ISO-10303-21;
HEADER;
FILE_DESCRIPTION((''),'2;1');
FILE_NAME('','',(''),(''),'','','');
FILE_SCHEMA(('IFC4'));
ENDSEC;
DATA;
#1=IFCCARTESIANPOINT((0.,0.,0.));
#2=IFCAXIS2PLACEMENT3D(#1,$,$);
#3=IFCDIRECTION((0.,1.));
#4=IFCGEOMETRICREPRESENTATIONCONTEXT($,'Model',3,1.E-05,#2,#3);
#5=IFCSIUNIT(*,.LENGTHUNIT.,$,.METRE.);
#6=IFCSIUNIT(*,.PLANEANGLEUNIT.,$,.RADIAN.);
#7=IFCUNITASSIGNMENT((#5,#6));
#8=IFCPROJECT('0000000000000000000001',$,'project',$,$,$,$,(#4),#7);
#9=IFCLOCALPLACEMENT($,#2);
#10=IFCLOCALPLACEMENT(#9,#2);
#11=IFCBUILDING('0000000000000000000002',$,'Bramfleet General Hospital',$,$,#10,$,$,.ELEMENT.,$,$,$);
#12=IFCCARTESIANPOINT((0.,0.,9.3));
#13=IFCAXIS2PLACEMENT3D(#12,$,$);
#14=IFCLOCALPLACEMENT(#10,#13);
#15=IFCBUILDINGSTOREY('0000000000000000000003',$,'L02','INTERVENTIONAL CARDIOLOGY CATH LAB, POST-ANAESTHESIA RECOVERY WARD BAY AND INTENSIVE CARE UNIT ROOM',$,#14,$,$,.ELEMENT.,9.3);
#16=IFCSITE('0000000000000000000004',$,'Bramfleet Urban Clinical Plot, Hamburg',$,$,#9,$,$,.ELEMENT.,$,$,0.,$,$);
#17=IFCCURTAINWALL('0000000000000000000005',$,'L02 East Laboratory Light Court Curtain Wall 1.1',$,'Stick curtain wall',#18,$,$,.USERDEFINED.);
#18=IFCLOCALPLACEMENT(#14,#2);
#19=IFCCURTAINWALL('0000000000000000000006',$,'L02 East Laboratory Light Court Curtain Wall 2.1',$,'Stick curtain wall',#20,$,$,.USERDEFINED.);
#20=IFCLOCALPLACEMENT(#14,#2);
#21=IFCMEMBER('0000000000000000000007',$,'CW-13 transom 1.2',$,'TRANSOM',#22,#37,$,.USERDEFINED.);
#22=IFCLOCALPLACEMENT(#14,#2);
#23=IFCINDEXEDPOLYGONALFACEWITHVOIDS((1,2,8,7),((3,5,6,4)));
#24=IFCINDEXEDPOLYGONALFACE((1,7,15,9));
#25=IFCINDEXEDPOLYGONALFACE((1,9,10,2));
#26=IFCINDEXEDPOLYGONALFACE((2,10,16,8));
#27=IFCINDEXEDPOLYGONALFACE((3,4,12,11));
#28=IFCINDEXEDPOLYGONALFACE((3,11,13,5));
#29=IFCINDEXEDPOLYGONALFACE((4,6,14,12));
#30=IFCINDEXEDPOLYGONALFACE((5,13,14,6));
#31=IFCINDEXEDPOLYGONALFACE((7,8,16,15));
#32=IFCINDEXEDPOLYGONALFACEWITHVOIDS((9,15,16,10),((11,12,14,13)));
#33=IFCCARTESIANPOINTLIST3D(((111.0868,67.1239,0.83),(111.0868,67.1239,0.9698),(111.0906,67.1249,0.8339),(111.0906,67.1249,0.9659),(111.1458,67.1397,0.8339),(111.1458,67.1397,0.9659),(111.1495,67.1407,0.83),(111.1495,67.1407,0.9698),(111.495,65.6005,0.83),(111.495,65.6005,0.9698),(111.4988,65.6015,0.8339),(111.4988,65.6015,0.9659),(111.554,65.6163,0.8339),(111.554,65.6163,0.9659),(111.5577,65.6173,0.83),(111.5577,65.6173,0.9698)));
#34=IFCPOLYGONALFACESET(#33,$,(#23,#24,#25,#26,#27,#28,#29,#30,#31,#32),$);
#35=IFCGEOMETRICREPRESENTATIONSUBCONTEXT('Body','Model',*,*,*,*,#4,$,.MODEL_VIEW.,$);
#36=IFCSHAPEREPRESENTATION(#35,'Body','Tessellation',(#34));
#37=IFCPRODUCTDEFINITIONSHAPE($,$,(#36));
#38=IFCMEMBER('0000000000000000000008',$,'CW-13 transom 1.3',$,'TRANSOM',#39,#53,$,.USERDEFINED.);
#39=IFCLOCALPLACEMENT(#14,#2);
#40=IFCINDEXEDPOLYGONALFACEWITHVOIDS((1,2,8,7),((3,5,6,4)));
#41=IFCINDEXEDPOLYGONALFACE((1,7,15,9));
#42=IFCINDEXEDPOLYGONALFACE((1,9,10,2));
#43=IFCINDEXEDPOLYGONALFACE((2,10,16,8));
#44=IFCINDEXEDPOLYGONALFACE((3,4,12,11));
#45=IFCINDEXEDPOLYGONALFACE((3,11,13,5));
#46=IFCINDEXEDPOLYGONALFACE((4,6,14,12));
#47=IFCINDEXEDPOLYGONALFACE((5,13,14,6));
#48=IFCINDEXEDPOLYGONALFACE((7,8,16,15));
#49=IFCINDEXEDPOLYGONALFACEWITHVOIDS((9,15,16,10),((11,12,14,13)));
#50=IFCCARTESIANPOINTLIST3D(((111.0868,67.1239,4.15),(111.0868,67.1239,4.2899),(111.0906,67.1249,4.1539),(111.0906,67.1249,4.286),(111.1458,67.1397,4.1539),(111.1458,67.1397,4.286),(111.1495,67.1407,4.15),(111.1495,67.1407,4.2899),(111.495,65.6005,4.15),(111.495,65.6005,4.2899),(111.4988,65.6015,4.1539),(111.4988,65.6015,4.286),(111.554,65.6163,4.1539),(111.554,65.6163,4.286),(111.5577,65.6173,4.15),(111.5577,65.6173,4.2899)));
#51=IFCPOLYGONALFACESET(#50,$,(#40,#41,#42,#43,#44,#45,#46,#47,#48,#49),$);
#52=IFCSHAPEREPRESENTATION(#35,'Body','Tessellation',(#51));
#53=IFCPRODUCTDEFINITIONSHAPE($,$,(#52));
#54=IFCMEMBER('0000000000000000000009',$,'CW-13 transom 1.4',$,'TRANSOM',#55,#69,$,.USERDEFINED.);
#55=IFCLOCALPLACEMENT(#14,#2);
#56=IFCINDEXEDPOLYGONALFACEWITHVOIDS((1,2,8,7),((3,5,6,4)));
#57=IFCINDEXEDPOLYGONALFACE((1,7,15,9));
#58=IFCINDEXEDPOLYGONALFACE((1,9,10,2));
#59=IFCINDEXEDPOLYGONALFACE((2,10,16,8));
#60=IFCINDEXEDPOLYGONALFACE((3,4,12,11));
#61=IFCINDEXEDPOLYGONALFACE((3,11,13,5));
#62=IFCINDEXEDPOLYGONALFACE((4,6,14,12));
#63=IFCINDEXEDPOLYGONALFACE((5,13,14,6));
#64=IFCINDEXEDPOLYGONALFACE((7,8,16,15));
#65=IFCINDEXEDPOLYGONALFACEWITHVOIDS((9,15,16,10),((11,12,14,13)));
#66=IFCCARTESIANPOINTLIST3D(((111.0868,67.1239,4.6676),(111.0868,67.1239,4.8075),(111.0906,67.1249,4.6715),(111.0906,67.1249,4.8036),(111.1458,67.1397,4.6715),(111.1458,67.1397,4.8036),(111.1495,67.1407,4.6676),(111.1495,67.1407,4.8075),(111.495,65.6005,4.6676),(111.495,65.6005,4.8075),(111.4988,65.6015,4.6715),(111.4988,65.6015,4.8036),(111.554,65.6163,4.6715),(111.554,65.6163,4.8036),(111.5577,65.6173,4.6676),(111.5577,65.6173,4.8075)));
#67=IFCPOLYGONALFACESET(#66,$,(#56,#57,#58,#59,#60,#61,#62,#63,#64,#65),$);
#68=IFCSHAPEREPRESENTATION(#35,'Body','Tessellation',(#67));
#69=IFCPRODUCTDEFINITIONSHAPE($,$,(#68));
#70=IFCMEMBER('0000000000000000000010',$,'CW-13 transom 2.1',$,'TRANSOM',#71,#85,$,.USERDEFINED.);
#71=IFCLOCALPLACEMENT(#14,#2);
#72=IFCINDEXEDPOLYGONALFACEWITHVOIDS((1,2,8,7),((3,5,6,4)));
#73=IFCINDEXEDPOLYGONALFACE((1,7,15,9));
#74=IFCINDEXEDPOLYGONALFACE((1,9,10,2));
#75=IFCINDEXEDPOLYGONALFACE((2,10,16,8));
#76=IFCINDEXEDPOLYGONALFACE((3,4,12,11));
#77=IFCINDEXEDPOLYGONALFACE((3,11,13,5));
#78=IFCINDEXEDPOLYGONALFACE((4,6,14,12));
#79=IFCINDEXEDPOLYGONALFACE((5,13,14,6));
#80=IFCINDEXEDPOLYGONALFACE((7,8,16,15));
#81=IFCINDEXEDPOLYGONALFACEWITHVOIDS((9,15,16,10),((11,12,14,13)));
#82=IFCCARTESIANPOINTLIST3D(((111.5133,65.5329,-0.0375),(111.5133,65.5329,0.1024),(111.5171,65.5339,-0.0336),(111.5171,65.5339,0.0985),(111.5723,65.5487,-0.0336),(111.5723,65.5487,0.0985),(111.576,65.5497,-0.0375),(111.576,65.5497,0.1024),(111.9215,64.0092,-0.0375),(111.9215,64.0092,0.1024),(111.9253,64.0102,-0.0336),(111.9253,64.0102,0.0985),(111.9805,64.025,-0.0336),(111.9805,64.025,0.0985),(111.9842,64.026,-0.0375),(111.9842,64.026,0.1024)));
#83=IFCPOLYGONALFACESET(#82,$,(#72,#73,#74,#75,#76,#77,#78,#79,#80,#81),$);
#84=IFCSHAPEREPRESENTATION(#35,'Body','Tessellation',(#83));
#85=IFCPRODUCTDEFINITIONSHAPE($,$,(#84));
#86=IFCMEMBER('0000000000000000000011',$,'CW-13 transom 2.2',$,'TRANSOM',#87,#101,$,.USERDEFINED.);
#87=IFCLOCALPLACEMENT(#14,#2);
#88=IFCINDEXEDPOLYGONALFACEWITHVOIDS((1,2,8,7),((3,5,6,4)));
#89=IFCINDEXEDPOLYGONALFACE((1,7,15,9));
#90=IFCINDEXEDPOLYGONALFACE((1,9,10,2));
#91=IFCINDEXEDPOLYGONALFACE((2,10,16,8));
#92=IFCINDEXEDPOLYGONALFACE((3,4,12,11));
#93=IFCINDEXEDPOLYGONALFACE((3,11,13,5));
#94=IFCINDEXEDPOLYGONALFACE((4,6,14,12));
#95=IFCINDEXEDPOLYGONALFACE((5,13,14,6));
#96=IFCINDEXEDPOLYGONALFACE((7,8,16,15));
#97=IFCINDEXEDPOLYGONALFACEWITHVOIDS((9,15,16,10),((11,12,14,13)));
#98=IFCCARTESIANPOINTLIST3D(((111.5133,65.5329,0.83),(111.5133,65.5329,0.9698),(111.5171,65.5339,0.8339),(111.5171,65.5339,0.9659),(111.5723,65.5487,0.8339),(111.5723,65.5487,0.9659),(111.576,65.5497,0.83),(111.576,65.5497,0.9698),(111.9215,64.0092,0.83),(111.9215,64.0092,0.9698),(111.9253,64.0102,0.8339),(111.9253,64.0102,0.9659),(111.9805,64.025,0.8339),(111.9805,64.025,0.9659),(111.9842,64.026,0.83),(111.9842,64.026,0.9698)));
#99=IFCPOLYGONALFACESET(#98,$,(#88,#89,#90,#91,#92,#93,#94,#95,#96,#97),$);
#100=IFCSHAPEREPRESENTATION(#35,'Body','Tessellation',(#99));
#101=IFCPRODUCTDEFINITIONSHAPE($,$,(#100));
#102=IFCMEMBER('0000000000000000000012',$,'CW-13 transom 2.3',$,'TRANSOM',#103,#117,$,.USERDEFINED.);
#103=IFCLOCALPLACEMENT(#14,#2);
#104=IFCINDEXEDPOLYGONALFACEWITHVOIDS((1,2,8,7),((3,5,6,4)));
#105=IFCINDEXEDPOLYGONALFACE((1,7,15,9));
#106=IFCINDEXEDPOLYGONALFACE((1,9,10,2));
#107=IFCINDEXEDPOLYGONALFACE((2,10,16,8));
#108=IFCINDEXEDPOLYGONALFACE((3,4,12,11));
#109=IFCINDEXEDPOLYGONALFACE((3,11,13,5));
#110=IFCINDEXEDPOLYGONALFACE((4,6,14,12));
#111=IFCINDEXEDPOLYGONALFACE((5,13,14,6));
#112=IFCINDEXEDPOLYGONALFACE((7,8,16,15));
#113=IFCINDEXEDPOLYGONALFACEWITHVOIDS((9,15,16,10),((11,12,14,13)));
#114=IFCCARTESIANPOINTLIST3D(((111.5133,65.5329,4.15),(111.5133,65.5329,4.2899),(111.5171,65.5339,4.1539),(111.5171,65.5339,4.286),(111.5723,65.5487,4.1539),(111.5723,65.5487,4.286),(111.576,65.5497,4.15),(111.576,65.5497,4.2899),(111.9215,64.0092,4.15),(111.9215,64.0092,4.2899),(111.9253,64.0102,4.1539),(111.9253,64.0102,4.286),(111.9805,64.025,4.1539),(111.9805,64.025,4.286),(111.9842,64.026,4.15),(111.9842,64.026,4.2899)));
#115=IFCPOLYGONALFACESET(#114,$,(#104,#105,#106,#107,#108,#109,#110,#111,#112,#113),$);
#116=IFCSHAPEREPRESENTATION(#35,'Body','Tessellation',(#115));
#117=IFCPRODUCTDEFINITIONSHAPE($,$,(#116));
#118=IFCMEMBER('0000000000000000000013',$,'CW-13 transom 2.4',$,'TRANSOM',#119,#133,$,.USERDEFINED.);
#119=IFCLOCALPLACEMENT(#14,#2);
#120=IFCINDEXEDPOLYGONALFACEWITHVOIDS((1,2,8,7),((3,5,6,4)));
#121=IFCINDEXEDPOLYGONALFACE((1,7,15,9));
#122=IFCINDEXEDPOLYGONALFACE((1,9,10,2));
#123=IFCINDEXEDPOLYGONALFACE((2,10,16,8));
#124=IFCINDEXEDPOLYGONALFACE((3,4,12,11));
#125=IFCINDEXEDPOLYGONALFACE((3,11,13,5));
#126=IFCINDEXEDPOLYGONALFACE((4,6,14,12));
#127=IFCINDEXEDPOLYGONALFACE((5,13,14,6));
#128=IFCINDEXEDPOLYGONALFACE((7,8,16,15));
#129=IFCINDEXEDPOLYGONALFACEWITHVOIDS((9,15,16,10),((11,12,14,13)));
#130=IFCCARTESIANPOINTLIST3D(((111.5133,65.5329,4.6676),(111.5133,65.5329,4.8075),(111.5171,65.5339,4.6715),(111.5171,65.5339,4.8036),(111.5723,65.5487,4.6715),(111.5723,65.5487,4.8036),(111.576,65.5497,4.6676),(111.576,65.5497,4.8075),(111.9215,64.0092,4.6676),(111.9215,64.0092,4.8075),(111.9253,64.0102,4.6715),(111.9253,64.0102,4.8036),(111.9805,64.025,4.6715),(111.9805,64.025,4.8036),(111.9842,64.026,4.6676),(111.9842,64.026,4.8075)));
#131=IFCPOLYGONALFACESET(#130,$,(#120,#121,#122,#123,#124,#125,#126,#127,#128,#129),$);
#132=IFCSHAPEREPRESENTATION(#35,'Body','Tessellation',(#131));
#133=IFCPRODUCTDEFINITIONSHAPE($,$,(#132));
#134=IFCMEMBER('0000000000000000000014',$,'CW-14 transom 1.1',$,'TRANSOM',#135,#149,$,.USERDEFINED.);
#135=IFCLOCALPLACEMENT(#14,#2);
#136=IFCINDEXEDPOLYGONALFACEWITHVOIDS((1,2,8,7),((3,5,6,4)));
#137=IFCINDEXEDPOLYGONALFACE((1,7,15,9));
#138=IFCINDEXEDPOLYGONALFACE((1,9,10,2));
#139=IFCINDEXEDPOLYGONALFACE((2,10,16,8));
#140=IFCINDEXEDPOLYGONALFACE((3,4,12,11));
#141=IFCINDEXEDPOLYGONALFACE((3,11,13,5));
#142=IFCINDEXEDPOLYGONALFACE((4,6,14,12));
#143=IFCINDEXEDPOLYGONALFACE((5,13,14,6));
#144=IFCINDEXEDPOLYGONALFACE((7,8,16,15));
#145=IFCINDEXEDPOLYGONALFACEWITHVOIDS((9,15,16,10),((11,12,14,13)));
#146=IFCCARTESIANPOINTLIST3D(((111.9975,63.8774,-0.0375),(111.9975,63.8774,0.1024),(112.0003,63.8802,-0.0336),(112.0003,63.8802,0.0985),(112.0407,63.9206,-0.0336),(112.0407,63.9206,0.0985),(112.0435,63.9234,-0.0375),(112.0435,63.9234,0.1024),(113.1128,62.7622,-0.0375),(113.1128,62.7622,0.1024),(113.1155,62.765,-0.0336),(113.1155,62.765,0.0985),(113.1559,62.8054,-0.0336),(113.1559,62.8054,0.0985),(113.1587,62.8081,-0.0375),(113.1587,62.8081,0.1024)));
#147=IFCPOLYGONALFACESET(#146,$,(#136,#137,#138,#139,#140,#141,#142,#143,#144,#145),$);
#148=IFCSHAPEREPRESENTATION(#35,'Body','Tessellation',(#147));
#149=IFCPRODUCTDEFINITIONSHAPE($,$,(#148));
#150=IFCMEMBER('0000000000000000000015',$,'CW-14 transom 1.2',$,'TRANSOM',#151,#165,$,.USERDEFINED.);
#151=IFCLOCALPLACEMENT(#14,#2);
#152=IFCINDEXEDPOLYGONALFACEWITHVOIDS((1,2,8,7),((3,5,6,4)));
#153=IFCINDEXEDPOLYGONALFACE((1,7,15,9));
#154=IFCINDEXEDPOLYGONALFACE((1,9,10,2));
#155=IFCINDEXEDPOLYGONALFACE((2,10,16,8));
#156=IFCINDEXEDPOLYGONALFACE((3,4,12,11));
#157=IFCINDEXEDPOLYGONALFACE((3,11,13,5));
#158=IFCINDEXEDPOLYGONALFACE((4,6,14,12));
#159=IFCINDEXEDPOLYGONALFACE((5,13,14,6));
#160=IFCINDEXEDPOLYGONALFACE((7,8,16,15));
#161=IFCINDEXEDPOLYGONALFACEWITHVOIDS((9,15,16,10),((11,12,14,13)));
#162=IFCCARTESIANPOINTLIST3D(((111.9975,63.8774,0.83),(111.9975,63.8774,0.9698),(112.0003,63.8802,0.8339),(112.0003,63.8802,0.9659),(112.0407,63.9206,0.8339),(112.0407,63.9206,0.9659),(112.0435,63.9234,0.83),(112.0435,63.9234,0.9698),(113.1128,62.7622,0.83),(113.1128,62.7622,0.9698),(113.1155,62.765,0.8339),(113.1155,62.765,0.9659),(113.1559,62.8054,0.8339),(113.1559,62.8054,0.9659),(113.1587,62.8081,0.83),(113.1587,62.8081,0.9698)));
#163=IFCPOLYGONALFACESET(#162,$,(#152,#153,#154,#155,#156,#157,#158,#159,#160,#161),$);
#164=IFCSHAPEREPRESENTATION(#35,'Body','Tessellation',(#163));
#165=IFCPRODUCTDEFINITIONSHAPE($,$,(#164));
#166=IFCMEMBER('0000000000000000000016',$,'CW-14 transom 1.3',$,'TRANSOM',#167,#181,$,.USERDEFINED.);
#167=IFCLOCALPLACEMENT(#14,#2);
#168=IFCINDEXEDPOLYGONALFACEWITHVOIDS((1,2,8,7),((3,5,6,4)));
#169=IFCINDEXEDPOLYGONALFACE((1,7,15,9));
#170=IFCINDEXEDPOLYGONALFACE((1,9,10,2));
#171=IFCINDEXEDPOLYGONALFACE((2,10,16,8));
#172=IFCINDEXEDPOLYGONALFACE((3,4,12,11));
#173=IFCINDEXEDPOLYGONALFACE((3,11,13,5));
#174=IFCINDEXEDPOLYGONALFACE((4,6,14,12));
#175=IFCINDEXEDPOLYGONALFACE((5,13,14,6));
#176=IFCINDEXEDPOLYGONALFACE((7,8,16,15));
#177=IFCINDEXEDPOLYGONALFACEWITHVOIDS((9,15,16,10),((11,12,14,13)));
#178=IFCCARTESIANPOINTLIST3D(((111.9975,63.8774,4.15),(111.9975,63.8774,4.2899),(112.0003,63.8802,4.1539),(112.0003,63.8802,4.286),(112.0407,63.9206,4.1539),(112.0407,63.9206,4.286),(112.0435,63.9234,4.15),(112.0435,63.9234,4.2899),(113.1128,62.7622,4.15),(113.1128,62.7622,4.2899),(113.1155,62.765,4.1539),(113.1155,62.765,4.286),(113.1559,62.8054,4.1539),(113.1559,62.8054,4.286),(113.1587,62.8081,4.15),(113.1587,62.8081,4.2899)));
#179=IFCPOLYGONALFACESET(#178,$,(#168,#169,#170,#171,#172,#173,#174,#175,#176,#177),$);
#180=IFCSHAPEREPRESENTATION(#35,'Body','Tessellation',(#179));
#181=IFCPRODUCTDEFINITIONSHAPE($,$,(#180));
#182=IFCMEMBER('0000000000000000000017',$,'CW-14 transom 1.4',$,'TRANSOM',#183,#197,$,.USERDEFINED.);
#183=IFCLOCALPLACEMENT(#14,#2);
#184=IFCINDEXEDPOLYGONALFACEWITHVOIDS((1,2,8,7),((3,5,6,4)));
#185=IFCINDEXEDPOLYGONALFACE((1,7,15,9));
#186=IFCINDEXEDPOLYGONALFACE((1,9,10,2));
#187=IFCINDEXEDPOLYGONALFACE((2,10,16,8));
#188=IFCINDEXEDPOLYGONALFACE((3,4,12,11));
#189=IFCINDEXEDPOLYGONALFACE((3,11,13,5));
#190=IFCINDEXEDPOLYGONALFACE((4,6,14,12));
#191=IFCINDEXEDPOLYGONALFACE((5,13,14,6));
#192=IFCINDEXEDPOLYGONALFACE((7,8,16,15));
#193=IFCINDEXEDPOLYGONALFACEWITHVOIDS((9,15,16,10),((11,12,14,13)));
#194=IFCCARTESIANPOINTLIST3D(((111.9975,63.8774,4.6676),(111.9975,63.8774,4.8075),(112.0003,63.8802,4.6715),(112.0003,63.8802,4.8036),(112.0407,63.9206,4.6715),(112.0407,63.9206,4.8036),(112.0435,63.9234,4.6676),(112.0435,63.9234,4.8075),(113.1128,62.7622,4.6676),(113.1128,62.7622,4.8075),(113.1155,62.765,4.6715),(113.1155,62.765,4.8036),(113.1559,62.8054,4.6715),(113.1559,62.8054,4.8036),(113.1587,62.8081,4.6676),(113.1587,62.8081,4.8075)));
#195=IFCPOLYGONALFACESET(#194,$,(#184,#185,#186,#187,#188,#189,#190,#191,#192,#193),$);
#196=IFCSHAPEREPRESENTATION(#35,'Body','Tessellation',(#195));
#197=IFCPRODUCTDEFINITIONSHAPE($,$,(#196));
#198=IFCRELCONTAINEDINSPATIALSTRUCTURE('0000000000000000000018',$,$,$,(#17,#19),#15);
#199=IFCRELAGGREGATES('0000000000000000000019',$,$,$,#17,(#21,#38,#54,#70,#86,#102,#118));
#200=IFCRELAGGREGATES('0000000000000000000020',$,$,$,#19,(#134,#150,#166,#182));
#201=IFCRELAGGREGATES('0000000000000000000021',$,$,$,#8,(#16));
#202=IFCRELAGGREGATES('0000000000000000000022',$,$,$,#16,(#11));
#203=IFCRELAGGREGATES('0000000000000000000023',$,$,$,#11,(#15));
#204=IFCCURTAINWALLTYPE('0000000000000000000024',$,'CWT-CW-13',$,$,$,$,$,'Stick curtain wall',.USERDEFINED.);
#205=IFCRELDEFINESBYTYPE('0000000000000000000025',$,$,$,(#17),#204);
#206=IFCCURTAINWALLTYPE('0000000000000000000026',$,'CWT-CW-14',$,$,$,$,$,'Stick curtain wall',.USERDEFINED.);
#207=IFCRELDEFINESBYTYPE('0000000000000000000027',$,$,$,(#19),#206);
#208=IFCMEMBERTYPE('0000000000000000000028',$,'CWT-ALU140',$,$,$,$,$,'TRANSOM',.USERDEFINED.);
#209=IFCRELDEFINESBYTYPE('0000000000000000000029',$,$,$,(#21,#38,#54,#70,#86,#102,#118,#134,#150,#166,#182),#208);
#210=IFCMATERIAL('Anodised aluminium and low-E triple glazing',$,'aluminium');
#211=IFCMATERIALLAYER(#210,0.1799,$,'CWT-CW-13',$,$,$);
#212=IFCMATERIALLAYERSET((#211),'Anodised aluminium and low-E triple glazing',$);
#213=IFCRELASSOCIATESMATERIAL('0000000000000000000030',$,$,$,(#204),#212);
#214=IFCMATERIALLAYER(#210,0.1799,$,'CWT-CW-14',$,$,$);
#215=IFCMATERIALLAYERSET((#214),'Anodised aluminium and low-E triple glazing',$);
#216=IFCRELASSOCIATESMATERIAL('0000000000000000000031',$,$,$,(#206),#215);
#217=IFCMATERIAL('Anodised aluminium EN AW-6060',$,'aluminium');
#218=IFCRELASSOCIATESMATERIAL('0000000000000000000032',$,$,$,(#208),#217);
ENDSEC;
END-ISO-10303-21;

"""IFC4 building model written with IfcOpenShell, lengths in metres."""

from ifc_helpers import new_model, si_unit, direction, frame, origin, origin_2d, place, context, subcontext, project, spatial, hollow_rectangle, extrude, material, layer, layer_set, material_profile, profile_set, type_object, element, aggregate, save


model = new_model("IFC4")

# Units and contexts
model_context = context("Model", 3, precision=1e-05, world=origin(), true_north=direction((0.0, 1.0)))
body_context = subcontext(model_context, "Body", "Model", "MODEL_VIEW")
ifc_project = project(units=[si_unit("LENGTHUNIT", "METRE"), si_unit("PLANEANGLEUNIT", "RADIAN")], contexts=[model_context])

# Site, building, storey
site_placement = place(None, origin())
site = spatial("IfcSite", under=ifc_project, at=site_placement, Name="Bramfleet Urban Clinical Plot, Hamburg", CompositionType="ELEMENT", RefElevation=0.0)
building_placement = place(site_placement, origin())
building = spatial("IfcBuilding", under=site, at=building_placement, Name="Bramfleet General Hospital", CompositionType="ELEMENT")
storey_placement = place(building_placement, frame((0.0, 0.0, 9.3)))
storey = spatial("IfcBuildingStorey", under=building, at=storey_placement, Name="L02", Description="INTERVENTIONAL CARDIOLOGY CATH LAB, POST-ANAESTHESIA RECOVERY WARD BAY AND INTENSIVE CARE UNIT ROOM", CompositionType="ELEMENT", Elevation=9.3)

# Curtain walls
ifc_material_1 = material(Name="Anodised aluminium and low-E triple glazing", Category="aluminium")
ifc_layer_1 = layer(ifc_material_1, 0.1799, Name="CWT-CW-13")
ifc_layer_set_1 = layer_set([ifc_layer_1], Name="Anodised aluminium and low-E triple glazing")
curtain_wall_type_1 = type_object("IfcCurtainWallType", Name="CWT-CW-13", ElementType="Stick curtain wall", PredefinedType="USERDEFINED", material=ifc_layer_set_1)
curtain_wall_1_placement = place(storey_placement, origin())
curtain_wall_1 = element("IfcCurtainWall", 1, at=curtain_wall_1_placement, inside=storey, type_object=curtain_wall_type_1, Name="L02 East Laboratory Light Court Curtain Wall 1.1", ObjectType="Stick curtain wall", PredefinedType="USERDEFINED")
ifc_material_2 = material(Name="Anodised aluminium EN AW-6060", Category="aluminium")
ifc_layer_2 = layer(ifc_material_1, 0.1799, Name="CWT-CW-14")
ifc_layer_set_2 = layer_set([ifc_layer_2], Name="Anodised aluminium and low-E triple glazing")
curtain_wall_type_2 = type_object("IfcCurtainWallType", Name="CWT-CW-14", ElementType="Stick curtain wall", PredefinedType="USERDEFINED", material=ifc_layer_set_2)
curtain_wall_2_placement = place(storey_placement, origin())
curtain_wall_2 = element("IfcCurtainWall", 2, at=curtain_wall_2_placement, inside=storey, type_object=curtain_wall_type_2, Name="L02 East Laboratory Light Court Curtain Wall 2.1", ObjectType="Stick curtain wall", PredefinedType="USERDEFINED")

# Members
ifc_material_profile_1 = material_profile(ifc_material_2, hollow_rectangle(XDim=0.0649, YDim=0.1399, WallThickness=0.0039, at=origin_2d()), Name="ALU 140x65x4.0")
ifc_profile_set_1 = profile_set([ifc_material_profile_1], Name="Anodised aluminium EN AW-6060")
member_type_1 = type_object("IfcMemberType", Name="CWT-ALU140", ElementType="TRANSOM", PredefinedType="USERDEFINED", material=ifc_profile_set_1)
member_1_placement = place(storey_placement, frame((111.1182, 67.1323, 0.8999), z_axis=(0.258819, -0.965926, 0.0), x_axis=(0.965926, 0.258819, 0.0)))
member_1 = element("IfcMember", 3, at=member_1_placement, type_object=member_type_1, Name="CW-13 transom 1.2", ObjectType="TRANSOM", PredefinedType="USERDEFINED", context=body_context, shape_type="SweptSolid", body=[
    extrude(hollow_rectangle(XDim=0.0649, YDim=0.1399, WallThickness=0.0039, at=origin_2d()), origin(), (0.0, 0.0, 1.0), 1.5771),
])
member_2_placement = place(storey_placement, frame((111.1182, 67.1323, 4.22), z_axis=(0.258819, -0.965926, 0.0), x_axis=(0.965926, 0.258819, 0.0)))
member_2 = element("IfcMember", 4, at=member_2_placement, type_object=member_type_1, Name="CW-13 transom 1.3", ObjectType="TRANSOM", PredefinedType="USERDEFINED", context=body_context, shape_type="SweptSolid", body=[
    extrude(hollow_rectangle(XDim=0.0649, YDim=0.1399, WallThickness=0.0039, at=origin_2d()), origin(), (0.0, 0.0, 1.0), 1.5771),
])
member_3_placement = place(storey_placement, frame((111.1182, 67.1323, 4.7375), z_axis=(0.258819, -0.965926, 0.0), x_axis=(0.965926, 0.258819, 0.0)))
member_3 = element("IfcMember", 5, at=member_3_placement, type_object=member_type_1, Name="CW-13 transom 1.4", ObjectType="TRANSOM", PredefinedType="USERDEFINED", context=body_context, shape_type="SweptSolid", body=[
    extrude(hollow_rectangle(XDim=0.0649, YDim=0.1399, WallThickness=0.0039, at=origin_2d()), origin(), (0.0, 0.0, 1.0), 1.5771),
])
member_4_placement = place(storey_placement, frame((111.5447, 65.5413, 0.0325), z_axis=(0.25878, -0.965936, 0.0), x_axis=(0.965936, 0.25878, 0.0)))
member_4 = element("IfcMember", 6, at=member_4_placement, type_object=member_type_1, Name="CW-13 transom 2.1", ObjectType="TRANSOM", PredefinedType="USERDEFINED", context=body_context, shape_type="SweptSolid", body=[
    extrude(hollow_rectangle(XDim=0.0649, YDim=0.1399, WallThickness=0.0039, at=origin_2d()), origin(), (0.0, 0.0, 1.0), 1.5774),
])
member_5_placement = place(storey_placement, frame((111.5447, 65.5413, 0.8999), z_axis=(0.25878, -0.965936, 0.0), x_axis=(0.965936, 0.25878, 0.0)))
member_5 = element("IfcMember", 7, at=member_5_placement, type_object=member_type_1, Name="CW-13 transom 2.2", ObjectType="TRANSOM", PredefinedType="USERDEFINED", context=body_context, shape_type="SweptSolid", body=[
    extrude(hollow_rectangle(XDim=0.0649, YDim=0.1399, WallThickness=0.0039, at=origin_2d()), origin(), (0.0, 0.0, 1.0), 1.5774),
])
member_6_placement = place(storey_placement, frame((111.5447, 65.5413, 4.22), z_axis=(0.25878, -0.965936, 0.0), x_axis=(0.965936, 0.25878, 0.0)))
member_6 = element("IfcMember", 8, at=member_6_placement, type_object=member_type_1, Name="CW-13 transom 2.3", ObjectType="TRANSOM", PredefinedType="USERDEFINED", context=body_context, shape_type="SweptSolid", body=[
    extrude(hollow_rectangle(XDim=0.0649, YDim=0.1399, WallThickness=0.0039, at=origin_2d()), origin(), (0.0, 0.0, 1.0), 1.5774),
])
member_7_placement = place(storey_placement, frame((111.5447, 65.5413, 4.7375), z_axis=(0.25878, -0.965936, 0.0), x_axis=(0.965936, 0.25878, 0.0)))
member_7 = element("IfcMember", 9, at=member_7_placement, type_object=member_type_1, Name="CW-13 transom 2.4", ObjectType="TRANSOM", PredefinedType="USERDEFINED", context=body_context, shape_type="SweptSolid", body=[
    extrude(hollow_rectangle(XDim=0.0649, YDim=0.1399, WallThickness=0.0039, at=origin_2d()), origin(), (0.0, 0.0, 1.0), 1.5774),
])
member_8_placement = place(storey_placement, frame((112.0205, 63.9004, 0.0325), z_axis=(0.707107, -0.707107, 0.0), x_axis=(0.707107, 0.707107, 0.0)))
member_8 = element("IfcMember", 10, at=member_8_placement, type_object=member_type_1, Name="CW-14 transom 1.1", ObjectType="TRANSOM", PredefinedType="USERDEFINED", context=body_context, shape_type="SweptSolid", body=[
    extrude(hollow_rectangle(XDim=0.0649, YDim=0.1399, WallThickness=0.0039, at=origin_2d()), origin(), (0.0, 0.0, 1.0), 1.5771),
])
member_9_placement = place(storey_placement, frame((112.0205, 63.9004, 0.8999), z_axis=(0.707107, -0.707107, 0.0), x_axis=(0.707107, 0.707107, 0.0)))
member_9 = element("IfcMember", 11, at=member_9_placement, type_object=member_type_1, Name="CW-14 transom 1.2", ObjectType="TRANSOM", PredefinedType="USERDEFINED", context=body_context, shape_type="SweptSolid", body=[
    extrude(hollow_rectangle(XDim=0.0649, YDim=0.1399, WallThickness=0.0039, at=origin_2d()), origin(), (0.0, 0.0, 1.0), 1.5771),
])
member_10_placement = place(storey_placement, frame((112.0205, 63.9004, 4.22), z_axis=(0.707107, -0.707107, 0.0), x_axis=(0.707107, 0.707107, 0.0)))
member_10 = element("IfcMember", 12, at=member_10_placement, type_object=member_type_1, Name="CW-14 transom 1.3", ObjectType="TRANSOM", PredefinedType="USERDEFINED", context=body_context, shape_type="SweptSolid", body=[
    extrude(hollow_rectangle(XDim=0.0649, YDim=0.1399, WallThickness=0.0039, at=origin_2d()), origin(), (0.0, 0.0, 1.0), 1.5771),
])
member_11_placement = place(storey_placement, frame((112.0205, 63.9004, 4.7375), z_axis=(0.707107, -0.707107, 0.0), x_axis=(0.707107, 0.707107, 0.0)))
member_11 = element("IfcMember", 13, at=member_11_placement, type_object=member_type_1, Name="CW-14 transom 1.4", ObjectType="TRANSOM", PredefinedType="USERDEFINED", context=body_context, shape_type="SweptSolid", body=[
    extrude(hollow_rectangle(XDim=0.0649, YDim=0.1399, WallThickness=0.0039, at=origin_2d()), origin(), (0.0, 0.0, 1.0), 1.5771),
])

aggregate(curtain_wall_1, [member_1, member_2, member_3, member_4, member_5, member_6, member_7])
aggregate(curtain_wall_2, [member_8, member_9, member_10, member_11])

save(model, "model.ifc")
